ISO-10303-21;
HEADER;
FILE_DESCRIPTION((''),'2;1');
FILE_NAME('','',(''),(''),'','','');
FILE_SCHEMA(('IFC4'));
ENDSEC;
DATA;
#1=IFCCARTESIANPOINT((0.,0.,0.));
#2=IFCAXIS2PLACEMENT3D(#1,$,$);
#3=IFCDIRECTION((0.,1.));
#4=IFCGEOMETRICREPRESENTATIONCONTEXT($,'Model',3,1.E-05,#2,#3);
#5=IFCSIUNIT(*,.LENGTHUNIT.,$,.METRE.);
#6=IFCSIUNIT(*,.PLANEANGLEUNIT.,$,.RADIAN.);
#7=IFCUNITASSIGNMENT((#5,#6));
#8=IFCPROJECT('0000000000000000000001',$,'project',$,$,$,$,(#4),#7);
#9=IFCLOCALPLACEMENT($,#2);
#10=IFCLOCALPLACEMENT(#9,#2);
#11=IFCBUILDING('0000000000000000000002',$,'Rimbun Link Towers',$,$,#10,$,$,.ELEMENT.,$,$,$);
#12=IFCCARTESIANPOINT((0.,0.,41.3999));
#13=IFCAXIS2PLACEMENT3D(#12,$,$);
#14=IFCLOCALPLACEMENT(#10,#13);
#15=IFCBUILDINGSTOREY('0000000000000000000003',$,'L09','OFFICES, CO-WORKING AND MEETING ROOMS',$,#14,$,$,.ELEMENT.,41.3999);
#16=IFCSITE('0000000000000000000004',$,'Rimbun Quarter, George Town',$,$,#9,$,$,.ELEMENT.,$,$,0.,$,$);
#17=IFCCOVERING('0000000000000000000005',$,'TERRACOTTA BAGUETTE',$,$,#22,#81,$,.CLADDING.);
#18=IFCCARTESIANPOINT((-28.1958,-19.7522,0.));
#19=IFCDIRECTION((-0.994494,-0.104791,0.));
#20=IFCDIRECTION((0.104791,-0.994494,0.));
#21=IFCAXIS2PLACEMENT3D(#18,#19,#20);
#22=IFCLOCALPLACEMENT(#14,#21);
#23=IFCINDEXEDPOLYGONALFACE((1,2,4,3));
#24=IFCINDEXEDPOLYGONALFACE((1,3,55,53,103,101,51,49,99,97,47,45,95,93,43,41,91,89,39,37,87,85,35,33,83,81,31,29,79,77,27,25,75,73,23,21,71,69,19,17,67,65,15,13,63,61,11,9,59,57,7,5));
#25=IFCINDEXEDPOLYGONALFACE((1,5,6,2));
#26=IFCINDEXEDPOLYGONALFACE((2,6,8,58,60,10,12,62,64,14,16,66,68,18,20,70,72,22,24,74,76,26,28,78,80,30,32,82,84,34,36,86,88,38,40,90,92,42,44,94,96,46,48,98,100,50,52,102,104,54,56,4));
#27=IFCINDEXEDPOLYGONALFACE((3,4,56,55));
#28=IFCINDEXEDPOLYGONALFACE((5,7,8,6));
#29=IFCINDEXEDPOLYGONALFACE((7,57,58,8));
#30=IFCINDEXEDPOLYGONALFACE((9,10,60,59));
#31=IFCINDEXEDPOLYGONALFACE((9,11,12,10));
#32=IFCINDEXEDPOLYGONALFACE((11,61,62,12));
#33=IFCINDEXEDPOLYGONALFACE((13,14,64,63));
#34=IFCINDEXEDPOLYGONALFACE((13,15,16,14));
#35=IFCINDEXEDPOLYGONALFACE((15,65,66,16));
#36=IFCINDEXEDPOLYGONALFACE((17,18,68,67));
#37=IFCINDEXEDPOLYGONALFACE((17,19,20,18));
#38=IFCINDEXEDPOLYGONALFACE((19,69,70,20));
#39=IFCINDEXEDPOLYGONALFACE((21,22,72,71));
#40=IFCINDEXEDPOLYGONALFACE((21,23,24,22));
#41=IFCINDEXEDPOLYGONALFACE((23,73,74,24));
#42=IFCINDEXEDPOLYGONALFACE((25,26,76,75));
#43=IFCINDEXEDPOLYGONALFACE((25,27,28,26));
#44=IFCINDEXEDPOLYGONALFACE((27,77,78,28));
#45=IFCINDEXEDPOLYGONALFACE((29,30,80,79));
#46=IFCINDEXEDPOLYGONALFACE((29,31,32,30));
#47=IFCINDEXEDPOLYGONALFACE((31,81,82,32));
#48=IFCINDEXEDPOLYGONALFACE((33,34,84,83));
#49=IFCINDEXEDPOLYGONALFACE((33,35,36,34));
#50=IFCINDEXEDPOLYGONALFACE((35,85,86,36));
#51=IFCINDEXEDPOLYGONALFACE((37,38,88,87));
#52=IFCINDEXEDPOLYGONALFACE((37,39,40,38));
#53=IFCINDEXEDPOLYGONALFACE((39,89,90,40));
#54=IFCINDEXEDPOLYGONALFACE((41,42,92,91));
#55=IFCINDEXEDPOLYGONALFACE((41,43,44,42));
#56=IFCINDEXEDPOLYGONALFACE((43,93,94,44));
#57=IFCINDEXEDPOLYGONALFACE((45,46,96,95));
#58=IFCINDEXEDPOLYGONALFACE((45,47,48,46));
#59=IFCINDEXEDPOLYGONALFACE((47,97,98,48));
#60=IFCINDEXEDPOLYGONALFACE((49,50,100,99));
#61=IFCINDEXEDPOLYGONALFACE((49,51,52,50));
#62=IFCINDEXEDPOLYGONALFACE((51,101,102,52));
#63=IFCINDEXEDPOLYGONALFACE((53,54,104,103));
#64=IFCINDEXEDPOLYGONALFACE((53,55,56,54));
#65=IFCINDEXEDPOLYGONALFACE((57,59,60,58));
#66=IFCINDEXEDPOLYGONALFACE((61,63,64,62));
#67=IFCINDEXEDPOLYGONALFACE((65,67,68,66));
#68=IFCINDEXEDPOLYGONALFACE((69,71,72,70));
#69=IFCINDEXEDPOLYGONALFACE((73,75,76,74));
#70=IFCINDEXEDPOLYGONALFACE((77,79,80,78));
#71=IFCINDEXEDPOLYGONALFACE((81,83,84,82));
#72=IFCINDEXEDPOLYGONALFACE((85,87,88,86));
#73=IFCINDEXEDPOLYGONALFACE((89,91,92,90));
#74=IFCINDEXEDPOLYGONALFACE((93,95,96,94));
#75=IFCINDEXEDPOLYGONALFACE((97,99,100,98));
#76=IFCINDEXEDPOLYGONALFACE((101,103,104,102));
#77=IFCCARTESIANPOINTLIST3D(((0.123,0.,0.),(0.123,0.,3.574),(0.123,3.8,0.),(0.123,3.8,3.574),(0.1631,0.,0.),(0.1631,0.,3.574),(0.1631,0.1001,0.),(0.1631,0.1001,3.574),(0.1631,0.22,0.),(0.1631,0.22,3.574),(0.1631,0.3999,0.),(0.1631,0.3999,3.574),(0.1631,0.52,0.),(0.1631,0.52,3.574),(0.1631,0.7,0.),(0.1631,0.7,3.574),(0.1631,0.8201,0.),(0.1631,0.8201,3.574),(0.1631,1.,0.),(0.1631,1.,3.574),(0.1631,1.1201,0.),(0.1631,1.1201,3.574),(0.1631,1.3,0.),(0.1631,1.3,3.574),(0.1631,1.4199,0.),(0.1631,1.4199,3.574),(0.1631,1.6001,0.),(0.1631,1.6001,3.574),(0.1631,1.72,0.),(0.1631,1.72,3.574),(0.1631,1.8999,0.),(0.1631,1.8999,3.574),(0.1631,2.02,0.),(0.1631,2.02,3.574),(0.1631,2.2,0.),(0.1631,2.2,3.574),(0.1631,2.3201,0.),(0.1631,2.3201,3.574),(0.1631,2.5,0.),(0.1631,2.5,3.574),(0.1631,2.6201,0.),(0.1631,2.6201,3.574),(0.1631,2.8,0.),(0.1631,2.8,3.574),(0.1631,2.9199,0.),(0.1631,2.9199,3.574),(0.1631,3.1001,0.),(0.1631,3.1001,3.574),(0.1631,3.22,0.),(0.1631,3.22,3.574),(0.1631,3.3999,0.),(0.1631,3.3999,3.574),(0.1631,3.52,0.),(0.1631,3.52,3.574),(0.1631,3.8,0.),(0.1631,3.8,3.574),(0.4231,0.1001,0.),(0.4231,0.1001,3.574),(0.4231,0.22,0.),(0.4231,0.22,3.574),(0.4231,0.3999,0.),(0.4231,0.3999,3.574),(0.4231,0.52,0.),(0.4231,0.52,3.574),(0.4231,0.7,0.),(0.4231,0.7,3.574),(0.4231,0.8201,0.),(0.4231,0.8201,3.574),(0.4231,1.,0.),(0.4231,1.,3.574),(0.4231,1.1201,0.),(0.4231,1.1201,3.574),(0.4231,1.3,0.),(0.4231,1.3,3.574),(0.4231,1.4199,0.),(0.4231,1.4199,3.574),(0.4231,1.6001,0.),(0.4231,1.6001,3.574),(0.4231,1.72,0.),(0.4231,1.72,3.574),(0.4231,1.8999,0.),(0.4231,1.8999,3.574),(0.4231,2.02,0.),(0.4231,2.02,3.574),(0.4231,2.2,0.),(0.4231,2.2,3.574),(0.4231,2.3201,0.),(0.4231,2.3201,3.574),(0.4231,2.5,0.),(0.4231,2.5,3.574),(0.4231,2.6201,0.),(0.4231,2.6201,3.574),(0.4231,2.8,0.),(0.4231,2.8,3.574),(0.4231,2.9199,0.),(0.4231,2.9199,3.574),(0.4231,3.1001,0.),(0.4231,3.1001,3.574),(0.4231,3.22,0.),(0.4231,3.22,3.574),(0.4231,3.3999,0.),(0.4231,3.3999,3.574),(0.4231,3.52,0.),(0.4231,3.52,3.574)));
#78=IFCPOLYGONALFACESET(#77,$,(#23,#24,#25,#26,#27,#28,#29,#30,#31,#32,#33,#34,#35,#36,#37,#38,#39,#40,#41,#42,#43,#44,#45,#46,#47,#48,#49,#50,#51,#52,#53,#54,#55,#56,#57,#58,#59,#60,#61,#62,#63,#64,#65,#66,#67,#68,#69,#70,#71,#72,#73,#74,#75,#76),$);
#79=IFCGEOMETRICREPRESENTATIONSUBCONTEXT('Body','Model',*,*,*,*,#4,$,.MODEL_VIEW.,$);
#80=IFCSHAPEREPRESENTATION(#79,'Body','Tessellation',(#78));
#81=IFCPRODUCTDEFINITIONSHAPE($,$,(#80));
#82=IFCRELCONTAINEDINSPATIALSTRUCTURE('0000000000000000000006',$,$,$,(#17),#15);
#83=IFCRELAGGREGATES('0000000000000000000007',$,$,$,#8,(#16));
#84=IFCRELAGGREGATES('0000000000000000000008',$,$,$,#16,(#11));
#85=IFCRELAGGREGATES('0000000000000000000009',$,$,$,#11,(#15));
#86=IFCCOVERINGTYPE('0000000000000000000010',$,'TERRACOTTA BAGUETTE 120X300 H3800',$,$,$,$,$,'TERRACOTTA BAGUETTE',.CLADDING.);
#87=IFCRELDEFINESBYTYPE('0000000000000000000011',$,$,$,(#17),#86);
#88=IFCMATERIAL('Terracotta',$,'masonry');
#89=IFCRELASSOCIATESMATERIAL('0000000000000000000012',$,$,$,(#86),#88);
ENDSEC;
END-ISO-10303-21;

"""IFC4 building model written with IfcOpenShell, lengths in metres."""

from ifc_helpers import new_model, si_unit, direction, frame, origin, place, context, subcontext, project, spatial, polyline, outline, extrude, material, material_profile, profile_set, type_object, element, save


model = new_model("IFC4")

# Units and contexts
model_context = context("Model", 3, precision=1e-05, world=origin(), true_north=direction((0.0, 1.0)))
body_context = subcontext(model_context, "Body", "Model", "MODEL_VIEW")
ifc_project = project(units=[si_unit("LENGTHUNIT", "METRE"), si_unit("PLANEANGLEUNIT", "RADIAN")], contexts=[model_context])

# Site, building, storey
site_placement = place(None, origin())
site = spatial("IfcSite", under=ifc_project, at=site_placement, Name="Rimbun Quarter, George Town", CompositionType="ELEMENT", RefElevation=0.0)
building_placement = place(site_placement, origin())
building = spatial("IfcBuilding", under=site, at=building_placement, Name="Rimbun Link Towers", CompositionType="ELEMENT")
storey_placement = place(building_placement, frame((0.0, 0.0, 41.3999)))
storey = spatial("IfcBuildingStorey", under=building, at=storey_placement, Name="L09", Description="OFFICES, CO-WORKING AND MEETING ROOMS", CompositionType="ELEMENT", Elevation=41.3999)

# Covering
ifc_material_1 = material(Name="Terracotta", Category="masonry")
ifc_material_profile_1 = material_profile(ifc_material_1, outline(polyline([(0.123, 0.0), (0.1631, 0.0), (0.1631, 0.1001), (0.4231, 0.1001), (0.4231, 0.22), (0.1631, 0.22), (0.1631, 0.3999), (0.4231, 0.3999), (0.4231, 0.52), (0.1631, 0.52), (0.1631, 0.7), (0.4231, 0.7), (0.4231, 0.8201), (0.1631, 0.8201), (0.1631, 1.0), (0.4231, 1.0), (0.4231, 1.1201), (0.1631, 1.1201), (0.1631, 1.3), (0.4231, 1.3), (0.4231, 1.4199), (0.1631, 1.4199), (0.1631, 1.6001), (0.4231, 1.6001), (0.4231, 1.72), (0.1631, 1.72), (0.1631, 1.8999), (0.4231, 1.8999), (0.4231, 2.02), (0.1631, 2.02), (0.1631, 2.2), (0.4231, 2.2), (0.4231, 2.3201), (0.1631, 2.3201), (0.1631, 2.5), (0.4231, 2.5), (0.4231, 2.6201), (0.1631, 2.6201), (0.1631, 2.8), (0.4231, 2.8), (0.4231, 2.9199), (0.1631, 2.9199), (0.1631, 3.1001), (0.4231, 3.1001), (0.4231, 3.22), (0.1631, 3.22), (0.1631, 3.3999), (0.4231, 3.3999), (0.4231, 3.52), (0.1631, 3.52), (0.1631, 3.8), (0.123, 3.8), (0.123, 0.0)])), Name="BAGUETTE 120X300")
ifc_profile_set_1 = profile_set([ifc_material_profile_1], Name="Terracotta")
covering_type = type_object("IfcCoveringType", Name="TERRACOTTA BAGUETTE 120X300 H3800", ElementType="TERRACOTTA BAGUETTE", PredefinedType="CLADDING", material=ifc_profile_set_1)
for number, where, z_axis, x_axis, name in (
    (1, (-28.1958, -19.7522, 0.0), (-0.994494, -0.104791, 0.0), (0.104791, -0.994494, 0.0), "TERRACOTTA BAGUETTE"),
):
    element("IfcCovering", number, at=place(storey_placement, frame(where, z_axis=z_axis, x_axis=x_axis)), inside=storey, type_object=covering_type, Name=name, PredefinedType="CLADDING", context=body_context, shape_type="SweptSolid", body=[
        extrude(outline(polyline([(0.123, 0.0), (0.1631, 0.0), (0.1631, 0.1001), (0.4231, 0.1001), (0.4231, 0.22), (0.1631, 0.22), (0.1631, 0.3999), (0.4231, 0.3999), (0.4231, 0.52), (0.1631, 0.52), (0.1631, 0.7), (0.4231, 0.7), (0.4231, 0.8201), (0.1631, 0.8201), (0.1631, 1.0), (0.4231, 1.0), (0.4231, 1.1201), (0.1631, 1.1201), (0.1631, 1.3), (0.4231, 1.3), (0.4231, 1.4199), (0.1631, 1.4199), (0.1631, 1.6001), (0.4231, 1.6001), (0.4231, 1.72), (0.1631, 1.72), (0.1631, 1.8999), (0.4231, 1.8999), (0.4231, 2.02), (0.1631, 2.02), (0.1631, 2.2), (0.4231, 2.2), (0.4231, 2.3201), (0.1631, 2.3201), (0.1631, 2.5), (0.4231, 2.5), (0.4231, 2.6201), (0.1631, 2.6201), (0.1631, 2.8), (0.4231, 2.8), (0.4231, 2.9199), (0.1631, 2.9199), (0.1631, 3.1001), (0.4231, 3.1001), (0.4231, 3.22), (0.1631, 3.22), (0.1631, 3.3999), (0.4231, 3.3999), (0.4231, 3.52), (0.1631, 3.52), (0.1631, 3.8), (0.123, 3.8), (0.123, 0.0)])), origin(), (0.0, 0.0, 1.0), 3.574),
    ])

save(model, "model.ifc")
